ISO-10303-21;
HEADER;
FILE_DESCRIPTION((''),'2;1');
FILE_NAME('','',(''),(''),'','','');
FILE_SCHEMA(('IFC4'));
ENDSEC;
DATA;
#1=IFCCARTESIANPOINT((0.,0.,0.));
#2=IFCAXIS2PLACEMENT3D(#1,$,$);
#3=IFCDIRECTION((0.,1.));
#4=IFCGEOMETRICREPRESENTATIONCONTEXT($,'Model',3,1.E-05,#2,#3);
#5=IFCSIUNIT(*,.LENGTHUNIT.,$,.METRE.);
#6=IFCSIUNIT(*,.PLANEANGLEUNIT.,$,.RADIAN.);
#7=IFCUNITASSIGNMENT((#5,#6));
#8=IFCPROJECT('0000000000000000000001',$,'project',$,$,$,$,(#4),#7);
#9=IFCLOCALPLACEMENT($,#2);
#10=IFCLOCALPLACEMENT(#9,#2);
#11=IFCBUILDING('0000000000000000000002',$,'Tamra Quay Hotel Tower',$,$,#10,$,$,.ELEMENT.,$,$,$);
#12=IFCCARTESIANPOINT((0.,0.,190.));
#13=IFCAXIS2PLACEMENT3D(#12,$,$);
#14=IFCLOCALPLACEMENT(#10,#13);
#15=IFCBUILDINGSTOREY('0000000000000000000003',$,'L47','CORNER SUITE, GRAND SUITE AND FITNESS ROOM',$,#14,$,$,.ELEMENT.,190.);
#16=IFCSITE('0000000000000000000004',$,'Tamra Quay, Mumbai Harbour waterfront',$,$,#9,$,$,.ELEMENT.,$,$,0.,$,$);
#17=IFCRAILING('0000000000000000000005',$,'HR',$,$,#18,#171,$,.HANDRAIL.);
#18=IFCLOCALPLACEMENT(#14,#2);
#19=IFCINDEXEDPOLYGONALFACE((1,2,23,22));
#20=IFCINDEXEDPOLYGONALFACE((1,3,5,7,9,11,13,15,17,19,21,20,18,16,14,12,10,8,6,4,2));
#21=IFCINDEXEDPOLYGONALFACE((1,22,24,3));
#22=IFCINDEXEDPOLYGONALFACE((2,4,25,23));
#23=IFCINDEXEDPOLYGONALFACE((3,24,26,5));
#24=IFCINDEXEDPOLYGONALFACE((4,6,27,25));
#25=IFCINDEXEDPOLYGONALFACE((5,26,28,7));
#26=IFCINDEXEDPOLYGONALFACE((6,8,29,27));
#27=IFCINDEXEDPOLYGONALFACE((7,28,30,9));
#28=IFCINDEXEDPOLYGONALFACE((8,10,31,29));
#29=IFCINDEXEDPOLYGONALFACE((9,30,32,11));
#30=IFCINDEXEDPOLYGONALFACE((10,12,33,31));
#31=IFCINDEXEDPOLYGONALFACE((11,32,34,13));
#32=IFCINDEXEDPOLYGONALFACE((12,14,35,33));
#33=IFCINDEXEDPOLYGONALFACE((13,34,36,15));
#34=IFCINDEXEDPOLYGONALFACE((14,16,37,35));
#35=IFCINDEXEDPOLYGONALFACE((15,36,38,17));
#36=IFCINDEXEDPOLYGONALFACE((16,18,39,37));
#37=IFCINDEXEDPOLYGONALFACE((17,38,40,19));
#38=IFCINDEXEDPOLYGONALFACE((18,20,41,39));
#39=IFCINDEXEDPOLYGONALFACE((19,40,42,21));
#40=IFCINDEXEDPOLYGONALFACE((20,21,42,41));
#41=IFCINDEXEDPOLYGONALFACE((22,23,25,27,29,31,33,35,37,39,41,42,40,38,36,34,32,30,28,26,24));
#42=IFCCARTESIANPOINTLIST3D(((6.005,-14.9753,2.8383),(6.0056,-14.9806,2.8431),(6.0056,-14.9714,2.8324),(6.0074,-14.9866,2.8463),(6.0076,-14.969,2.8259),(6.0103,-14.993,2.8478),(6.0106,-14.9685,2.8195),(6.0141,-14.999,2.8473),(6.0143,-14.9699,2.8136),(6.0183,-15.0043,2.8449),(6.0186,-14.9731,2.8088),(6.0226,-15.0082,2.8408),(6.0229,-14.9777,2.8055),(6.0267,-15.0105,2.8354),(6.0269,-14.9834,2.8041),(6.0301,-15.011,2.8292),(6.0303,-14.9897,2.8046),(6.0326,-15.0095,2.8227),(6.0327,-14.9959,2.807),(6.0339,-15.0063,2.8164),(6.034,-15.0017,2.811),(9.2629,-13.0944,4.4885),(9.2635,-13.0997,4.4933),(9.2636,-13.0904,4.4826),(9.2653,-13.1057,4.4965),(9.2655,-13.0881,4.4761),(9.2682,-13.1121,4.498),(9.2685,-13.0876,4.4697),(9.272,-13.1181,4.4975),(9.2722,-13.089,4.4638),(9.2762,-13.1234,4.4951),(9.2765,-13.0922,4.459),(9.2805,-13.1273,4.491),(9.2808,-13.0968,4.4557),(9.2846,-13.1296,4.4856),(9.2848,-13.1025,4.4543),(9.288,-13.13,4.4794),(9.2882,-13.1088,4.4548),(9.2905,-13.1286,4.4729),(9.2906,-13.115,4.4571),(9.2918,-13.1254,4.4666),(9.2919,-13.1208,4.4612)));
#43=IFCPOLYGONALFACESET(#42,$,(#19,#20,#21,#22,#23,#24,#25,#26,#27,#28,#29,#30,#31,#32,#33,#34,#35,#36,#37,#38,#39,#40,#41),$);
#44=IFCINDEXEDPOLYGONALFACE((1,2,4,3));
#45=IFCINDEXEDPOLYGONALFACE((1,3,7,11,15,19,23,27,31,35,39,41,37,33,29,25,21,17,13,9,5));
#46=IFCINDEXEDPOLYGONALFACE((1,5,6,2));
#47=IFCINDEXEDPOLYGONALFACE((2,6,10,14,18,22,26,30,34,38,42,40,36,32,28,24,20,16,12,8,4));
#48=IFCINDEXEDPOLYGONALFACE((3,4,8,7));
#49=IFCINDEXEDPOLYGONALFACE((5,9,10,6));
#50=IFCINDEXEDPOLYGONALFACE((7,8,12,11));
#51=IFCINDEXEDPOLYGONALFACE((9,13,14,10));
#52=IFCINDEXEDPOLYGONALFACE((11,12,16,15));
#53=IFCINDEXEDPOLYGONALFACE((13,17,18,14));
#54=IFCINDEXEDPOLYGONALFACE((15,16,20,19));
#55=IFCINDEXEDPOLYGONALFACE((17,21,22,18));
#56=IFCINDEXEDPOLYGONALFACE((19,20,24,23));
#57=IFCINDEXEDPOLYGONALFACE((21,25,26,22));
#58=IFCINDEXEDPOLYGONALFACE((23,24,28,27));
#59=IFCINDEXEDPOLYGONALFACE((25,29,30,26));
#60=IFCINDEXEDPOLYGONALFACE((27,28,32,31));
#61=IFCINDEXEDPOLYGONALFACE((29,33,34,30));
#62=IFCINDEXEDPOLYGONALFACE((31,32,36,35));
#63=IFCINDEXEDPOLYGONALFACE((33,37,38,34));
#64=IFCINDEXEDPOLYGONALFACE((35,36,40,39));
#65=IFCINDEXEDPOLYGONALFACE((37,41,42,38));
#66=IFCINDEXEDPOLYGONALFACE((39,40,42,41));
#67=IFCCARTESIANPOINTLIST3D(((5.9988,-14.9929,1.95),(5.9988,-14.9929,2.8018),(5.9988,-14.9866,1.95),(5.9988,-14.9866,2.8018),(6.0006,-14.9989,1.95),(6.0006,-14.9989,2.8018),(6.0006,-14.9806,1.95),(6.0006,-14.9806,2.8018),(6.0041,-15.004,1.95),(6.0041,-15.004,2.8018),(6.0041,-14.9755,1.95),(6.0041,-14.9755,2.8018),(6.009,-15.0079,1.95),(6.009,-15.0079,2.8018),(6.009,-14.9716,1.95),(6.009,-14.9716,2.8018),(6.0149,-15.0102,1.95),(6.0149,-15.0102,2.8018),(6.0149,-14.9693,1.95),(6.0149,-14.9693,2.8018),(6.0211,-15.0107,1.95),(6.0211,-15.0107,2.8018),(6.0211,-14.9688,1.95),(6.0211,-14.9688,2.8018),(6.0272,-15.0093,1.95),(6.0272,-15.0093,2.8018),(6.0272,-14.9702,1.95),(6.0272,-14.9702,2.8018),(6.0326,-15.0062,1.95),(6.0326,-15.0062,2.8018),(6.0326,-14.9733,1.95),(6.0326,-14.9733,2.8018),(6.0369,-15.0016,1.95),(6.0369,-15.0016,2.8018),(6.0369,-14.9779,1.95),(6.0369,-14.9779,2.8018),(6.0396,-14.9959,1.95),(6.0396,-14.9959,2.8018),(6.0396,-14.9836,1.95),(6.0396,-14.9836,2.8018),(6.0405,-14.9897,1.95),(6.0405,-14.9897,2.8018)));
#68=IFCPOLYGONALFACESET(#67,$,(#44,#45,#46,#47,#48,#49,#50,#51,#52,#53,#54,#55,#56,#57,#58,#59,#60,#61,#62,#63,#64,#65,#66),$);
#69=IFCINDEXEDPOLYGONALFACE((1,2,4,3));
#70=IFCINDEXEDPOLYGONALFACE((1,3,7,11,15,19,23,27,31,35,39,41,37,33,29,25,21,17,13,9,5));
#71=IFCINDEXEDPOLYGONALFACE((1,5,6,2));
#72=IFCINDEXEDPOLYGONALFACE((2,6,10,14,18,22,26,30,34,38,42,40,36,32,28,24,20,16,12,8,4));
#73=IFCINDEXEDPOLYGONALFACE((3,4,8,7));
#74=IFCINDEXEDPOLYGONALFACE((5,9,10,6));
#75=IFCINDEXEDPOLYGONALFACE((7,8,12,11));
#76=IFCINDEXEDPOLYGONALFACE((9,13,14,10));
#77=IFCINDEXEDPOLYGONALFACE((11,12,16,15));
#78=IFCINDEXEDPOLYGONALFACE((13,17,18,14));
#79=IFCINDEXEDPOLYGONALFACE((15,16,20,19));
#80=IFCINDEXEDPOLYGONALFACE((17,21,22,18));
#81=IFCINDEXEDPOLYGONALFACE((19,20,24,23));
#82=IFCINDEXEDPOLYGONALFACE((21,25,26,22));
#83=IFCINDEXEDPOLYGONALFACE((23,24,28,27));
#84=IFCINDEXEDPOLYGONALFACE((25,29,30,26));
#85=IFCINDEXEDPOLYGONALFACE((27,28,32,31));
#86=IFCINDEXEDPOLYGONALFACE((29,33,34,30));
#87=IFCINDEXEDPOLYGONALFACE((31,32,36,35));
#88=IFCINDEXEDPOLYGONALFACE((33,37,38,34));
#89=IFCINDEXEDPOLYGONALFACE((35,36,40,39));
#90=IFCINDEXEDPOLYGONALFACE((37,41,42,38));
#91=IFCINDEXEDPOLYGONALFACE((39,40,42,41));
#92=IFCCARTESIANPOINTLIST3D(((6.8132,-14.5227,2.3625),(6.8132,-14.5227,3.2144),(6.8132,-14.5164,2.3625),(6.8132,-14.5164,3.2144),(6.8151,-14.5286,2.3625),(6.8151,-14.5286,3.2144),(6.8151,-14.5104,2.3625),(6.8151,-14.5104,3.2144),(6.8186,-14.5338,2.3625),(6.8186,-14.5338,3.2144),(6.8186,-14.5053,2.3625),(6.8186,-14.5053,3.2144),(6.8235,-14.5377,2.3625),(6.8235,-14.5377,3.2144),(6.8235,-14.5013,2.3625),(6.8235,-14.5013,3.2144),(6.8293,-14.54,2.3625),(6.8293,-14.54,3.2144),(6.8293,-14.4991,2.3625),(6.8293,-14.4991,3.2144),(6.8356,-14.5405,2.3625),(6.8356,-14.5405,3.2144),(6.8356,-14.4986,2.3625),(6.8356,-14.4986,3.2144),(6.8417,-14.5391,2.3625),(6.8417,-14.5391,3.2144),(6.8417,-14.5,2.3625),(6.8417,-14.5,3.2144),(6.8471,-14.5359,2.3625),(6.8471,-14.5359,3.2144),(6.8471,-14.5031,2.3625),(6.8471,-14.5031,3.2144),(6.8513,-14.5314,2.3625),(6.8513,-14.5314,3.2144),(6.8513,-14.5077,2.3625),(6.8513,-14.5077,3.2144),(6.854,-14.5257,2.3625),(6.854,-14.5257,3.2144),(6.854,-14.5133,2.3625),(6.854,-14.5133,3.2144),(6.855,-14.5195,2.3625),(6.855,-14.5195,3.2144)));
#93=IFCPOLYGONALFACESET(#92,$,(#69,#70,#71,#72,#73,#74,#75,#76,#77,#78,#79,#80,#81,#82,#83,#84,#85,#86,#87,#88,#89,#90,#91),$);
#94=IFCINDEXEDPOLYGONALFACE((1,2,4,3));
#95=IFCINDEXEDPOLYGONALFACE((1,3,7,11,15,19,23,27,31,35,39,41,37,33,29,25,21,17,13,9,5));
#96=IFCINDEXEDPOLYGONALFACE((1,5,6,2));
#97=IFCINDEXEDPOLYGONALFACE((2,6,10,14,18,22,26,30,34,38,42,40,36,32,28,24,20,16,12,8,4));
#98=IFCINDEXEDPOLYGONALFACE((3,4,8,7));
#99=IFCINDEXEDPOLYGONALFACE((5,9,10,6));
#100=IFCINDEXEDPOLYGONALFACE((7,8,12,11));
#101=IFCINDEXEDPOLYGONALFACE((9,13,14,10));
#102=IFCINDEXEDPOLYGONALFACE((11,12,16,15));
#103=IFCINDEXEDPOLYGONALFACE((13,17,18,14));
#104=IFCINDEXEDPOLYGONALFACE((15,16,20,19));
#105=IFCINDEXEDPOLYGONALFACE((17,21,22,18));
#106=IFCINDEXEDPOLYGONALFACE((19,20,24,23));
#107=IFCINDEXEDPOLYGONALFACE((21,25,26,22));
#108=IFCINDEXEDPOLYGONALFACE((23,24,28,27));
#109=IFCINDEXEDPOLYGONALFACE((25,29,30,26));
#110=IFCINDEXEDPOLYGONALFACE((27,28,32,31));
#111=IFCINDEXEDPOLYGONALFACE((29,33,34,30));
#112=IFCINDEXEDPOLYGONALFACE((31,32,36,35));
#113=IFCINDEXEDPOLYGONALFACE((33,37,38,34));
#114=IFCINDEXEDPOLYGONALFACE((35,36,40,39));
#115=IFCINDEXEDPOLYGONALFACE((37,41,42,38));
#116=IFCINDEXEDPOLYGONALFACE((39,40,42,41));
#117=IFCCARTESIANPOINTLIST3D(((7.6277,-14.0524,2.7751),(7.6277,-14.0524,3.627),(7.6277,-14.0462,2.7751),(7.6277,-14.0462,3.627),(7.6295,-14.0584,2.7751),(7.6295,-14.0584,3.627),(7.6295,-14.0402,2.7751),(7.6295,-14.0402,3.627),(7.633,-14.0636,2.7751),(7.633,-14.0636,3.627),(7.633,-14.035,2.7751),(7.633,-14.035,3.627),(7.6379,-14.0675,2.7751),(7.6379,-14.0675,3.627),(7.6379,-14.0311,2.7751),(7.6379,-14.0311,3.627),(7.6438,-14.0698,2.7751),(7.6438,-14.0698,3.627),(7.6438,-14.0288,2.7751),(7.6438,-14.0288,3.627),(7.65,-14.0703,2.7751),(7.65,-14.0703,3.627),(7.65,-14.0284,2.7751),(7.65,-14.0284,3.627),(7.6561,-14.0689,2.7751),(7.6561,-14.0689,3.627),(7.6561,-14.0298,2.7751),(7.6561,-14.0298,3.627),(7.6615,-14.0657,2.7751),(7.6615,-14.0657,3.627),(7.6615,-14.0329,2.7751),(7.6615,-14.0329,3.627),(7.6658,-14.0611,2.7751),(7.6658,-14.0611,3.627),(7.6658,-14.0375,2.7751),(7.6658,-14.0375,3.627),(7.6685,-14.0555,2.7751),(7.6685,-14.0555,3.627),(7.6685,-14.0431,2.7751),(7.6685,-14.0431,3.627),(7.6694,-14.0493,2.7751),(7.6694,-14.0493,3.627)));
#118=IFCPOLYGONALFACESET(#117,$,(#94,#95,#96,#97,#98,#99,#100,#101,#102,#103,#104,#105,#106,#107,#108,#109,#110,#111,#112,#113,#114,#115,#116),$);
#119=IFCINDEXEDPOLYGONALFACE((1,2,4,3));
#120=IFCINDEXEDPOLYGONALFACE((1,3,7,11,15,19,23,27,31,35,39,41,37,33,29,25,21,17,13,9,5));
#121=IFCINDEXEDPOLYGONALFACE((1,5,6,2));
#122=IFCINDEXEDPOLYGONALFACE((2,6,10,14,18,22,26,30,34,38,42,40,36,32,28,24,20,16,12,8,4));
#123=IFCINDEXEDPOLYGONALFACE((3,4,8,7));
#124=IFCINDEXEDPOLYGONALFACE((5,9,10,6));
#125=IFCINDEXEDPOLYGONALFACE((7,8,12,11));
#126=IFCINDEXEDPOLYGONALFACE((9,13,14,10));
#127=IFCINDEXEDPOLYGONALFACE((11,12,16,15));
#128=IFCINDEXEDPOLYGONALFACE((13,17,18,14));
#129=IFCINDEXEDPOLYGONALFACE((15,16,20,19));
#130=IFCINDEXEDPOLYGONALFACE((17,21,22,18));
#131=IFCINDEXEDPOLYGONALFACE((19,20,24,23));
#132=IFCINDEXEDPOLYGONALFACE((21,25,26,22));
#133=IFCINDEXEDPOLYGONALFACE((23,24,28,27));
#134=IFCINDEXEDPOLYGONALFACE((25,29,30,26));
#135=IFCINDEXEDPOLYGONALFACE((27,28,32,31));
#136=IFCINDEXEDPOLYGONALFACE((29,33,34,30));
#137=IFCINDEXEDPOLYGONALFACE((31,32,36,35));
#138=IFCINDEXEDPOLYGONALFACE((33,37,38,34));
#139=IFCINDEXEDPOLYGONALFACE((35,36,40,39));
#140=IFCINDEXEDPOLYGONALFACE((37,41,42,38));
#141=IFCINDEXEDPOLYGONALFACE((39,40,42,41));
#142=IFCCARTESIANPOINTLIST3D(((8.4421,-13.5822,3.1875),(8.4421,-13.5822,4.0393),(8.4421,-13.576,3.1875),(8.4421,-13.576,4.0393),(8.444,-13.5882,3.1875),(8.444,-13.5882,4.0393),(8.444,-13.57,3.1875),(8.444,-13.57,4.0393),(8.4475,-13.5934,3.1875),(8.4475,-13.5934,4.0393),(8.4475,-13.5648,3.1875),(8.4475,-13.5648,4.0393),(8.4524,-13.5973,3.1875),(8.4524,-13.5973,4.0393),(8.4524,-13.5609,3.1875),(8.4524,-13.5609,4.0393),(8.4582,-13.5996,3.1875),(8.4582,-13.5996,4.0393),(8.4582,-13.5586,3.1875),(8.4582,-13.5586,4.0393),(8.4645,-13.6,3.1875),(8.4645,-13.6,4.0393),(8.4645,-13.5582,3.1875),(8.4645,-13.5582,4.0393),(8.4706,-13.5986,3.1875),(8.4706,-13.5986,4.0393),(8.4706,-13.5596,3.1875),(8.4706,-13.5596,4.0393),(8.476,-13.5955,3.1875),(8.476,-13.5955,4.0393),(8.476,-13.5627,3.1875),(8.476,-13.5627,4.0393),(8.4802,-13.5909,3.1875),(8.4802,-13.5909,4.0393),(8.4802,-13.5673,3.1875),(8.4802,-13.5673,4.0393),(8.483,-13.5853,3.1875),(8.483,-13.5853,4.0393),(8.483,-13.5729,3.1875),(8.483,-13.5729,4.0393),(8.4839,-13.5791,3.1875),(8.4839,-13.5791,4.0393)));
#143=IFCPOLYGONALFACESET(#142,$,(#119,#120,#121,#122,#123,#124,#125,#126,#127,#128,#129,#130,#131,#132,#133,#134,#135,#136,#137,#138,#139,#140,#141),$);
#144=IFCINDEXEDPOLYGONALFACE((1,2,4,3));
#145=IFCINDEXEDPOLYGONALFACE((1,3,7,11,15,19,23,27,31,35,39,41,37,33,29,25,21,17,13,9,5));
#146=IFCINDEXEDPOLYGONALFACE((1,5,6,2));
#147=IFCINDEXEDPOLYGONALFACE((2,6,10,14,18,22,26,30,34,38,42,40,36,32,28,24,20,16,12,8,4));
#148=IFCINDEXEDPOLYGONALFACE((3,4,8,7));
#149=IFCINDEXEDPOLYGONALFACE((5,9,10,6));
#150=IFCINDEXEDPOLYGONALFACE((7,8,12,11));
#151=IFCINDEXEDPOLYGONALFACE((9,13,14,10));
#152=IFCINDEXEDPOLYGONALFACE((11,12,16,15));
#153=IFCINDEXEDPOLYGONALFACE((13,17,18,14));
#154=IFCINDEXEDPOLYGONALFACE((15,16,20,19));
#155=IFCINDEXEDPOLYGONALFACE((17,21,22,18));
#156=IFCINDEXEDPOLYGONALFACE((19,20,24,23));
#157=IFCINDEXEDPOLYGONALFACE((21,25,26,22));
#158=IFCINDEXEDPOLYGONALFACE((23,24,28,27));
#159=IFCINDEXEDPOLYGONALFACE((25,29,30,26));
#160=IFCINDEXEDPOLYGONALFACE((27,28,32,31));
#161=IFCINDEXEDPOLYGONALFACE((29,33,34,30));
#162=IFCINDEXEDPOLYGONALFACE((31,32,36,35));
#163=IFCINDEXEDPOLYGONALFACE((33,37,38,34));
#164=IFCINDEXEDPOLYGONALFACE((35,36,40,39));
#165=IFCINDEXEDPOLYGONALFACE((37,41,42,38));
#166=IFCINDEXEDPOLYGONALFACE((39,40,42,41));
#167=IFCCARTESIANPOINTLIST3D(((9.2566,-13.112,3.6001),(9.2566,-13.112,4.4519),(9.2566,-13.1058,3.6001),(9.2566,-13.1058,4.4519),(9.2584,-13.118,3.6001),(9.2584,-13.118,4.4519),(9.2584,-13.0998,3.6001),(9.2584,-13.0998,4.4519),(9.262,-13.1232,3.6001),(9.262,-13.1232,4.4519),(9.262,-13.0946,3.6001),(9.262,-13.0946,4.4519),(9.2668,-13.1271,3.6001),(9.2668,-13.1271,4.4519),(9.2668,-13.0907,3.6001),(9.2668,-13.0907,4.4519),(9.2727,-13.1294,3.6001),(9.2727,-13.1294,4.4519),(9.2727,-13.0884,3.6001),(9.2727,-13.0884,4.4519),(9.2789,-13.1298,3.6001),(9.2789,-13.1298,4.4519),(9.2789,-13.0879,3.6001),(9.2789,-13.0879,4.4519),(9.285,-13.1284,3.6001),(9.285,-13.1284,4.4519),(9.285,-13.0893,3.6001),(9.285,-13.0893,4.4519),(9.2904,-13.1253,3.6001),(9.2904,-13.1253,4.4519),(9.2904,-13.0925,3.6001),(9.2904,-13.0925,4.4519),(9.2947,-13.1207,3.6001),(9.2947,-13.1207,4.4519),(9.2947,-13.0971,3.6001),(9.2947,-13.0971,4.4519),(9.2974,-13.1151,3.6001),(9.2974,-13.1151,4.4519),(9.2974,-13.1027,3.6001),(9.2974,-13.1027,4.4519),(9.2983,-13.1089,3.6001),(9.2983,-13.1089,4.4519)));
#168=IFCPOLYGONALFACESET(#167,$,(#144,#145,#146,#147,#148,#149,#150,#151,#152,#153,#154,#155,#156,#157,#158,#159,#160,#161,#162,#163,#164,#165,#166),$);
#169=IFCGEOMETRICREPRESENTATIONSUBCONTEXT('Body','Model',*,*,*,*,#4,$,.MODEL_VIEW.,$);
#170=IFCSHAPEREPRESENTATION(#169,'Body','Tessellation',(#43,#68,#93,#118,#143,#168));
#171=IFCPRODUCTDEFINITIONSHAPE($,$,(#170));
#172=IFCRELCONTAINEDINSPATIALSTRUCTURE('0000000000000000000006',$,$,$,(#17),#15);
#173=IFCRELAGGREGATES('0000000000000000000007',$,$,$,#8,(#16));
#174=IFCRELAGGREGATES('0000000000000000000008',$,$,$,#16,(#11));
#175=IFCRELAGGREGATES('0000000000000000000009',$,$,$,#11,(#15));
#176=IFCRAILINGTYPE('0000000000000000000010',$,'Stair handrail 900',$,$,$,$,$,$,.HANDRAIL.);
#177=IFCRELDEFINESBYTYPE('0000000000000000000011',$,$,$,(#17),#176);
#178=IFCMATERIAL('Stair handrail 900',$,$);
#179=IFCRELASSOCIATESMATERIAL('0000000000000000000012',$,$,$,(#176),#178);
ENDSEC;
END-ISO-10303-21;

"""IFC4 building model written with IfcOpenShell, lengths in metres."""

from ifc_helpers import new_model, si_unit, direction, frame, origin, origin_2d, place, context, subcontext, project, spatial, circle, extrude, material, type_object, element, save


model = new_model("IFC4")

# Units and contexts
model_context = context("Model", 3, precision=1e-05, world=origin(), true_north=direction((0.0, 1.0)))
body_context = subcontext(model_context, "Body", "Model", "MODEL_VIEW")
ifc_project = project(units=[si_unit("LENGTHUNIT", "METRE"), si_unit("PLANEANGLEUNIT", "RADIAN")], contexts=[model_context])

# Site, building, storey
site_placement = place(None, origin())
site = spatial("IfcSite", under=ifc_project, at=site_placement, Name="Tamra Quay, Mumbai Harbour waterfront", CompositionType="ELEMENT", RefElevation=0.0)
building_placement = place(site_placement, origin())
building = spatial("IfcBuilding", under=site, at=building_placement, Name="Tamra Quay Hotel Tower", CompositionType="ELEMENT")
storey_placement = place(building_placement, frame((0.0, 0.0, 190.0)))
storey = spatial("IfcBuildingStorey", under=building, at=storey_placement, Name="L47", Description="CORNER SUITE, GRAND SUITE AND FITNESS ROOM", CompositionType="ELEMENT", Elevation=190.0)

# Railing
ifc_material_1 = material(Name="Stair handrail 900")
railing_type_1 = type_object("IfcRailingType", Name="Stair handrail 900", PredefinedType="HANDRAIL", material=ifc_material_1)
railing_1_placement = place(storey_placement, frame((6.0195, -14.9897, 1.95)))
element("IfcRailing", 1, at=railing_1_placement, inside=storey, type_object=railing_type_1, Name="HR", PredefinedType="HANDRAIL", context=body_context, shape_type="SweptSolid", body=[
    extrude(circle(Radius=0.0239, at=origin_2d()), frame((0.0, 0.0, 0.876), z_axis=(0.793081, 0.457876, 0.401711), x_axis=(-0.499992, 0.86603, 0.0)), (0.0, 0.0, 1.0), 4.1079),
    extrude(circle(Radius=0.021, at=origin_2d()), origin(), (0.0, 0.0, 1.0), 0.8518),
    extrude(circle(Radius=0.021, at=origin_2d()), frame((0.8145, 0.4702, 0.4126)), (0.0, 0.0, 1.0), 0.8518),
    extrude(circle(Radius=0.021, at=origin_2d()), frame((1.6289, 0.9404, 0.8252)), (0.0, 0.0, 1.0), 0.8518),
    extrude(circle(Radius=0.021, at=origin_2d()), frame((2.4434, 1.4106, 1.2375)), (0.0, 0.0, 1.0), 0.8518),
    extrude(circle(Radius=0.021, at=origin_2d()), frame((3.2578, 1.8809, 1.6501)), (0.0, 0.0, 1.0), 0.8518),
])

save(model, "model.ifc")
